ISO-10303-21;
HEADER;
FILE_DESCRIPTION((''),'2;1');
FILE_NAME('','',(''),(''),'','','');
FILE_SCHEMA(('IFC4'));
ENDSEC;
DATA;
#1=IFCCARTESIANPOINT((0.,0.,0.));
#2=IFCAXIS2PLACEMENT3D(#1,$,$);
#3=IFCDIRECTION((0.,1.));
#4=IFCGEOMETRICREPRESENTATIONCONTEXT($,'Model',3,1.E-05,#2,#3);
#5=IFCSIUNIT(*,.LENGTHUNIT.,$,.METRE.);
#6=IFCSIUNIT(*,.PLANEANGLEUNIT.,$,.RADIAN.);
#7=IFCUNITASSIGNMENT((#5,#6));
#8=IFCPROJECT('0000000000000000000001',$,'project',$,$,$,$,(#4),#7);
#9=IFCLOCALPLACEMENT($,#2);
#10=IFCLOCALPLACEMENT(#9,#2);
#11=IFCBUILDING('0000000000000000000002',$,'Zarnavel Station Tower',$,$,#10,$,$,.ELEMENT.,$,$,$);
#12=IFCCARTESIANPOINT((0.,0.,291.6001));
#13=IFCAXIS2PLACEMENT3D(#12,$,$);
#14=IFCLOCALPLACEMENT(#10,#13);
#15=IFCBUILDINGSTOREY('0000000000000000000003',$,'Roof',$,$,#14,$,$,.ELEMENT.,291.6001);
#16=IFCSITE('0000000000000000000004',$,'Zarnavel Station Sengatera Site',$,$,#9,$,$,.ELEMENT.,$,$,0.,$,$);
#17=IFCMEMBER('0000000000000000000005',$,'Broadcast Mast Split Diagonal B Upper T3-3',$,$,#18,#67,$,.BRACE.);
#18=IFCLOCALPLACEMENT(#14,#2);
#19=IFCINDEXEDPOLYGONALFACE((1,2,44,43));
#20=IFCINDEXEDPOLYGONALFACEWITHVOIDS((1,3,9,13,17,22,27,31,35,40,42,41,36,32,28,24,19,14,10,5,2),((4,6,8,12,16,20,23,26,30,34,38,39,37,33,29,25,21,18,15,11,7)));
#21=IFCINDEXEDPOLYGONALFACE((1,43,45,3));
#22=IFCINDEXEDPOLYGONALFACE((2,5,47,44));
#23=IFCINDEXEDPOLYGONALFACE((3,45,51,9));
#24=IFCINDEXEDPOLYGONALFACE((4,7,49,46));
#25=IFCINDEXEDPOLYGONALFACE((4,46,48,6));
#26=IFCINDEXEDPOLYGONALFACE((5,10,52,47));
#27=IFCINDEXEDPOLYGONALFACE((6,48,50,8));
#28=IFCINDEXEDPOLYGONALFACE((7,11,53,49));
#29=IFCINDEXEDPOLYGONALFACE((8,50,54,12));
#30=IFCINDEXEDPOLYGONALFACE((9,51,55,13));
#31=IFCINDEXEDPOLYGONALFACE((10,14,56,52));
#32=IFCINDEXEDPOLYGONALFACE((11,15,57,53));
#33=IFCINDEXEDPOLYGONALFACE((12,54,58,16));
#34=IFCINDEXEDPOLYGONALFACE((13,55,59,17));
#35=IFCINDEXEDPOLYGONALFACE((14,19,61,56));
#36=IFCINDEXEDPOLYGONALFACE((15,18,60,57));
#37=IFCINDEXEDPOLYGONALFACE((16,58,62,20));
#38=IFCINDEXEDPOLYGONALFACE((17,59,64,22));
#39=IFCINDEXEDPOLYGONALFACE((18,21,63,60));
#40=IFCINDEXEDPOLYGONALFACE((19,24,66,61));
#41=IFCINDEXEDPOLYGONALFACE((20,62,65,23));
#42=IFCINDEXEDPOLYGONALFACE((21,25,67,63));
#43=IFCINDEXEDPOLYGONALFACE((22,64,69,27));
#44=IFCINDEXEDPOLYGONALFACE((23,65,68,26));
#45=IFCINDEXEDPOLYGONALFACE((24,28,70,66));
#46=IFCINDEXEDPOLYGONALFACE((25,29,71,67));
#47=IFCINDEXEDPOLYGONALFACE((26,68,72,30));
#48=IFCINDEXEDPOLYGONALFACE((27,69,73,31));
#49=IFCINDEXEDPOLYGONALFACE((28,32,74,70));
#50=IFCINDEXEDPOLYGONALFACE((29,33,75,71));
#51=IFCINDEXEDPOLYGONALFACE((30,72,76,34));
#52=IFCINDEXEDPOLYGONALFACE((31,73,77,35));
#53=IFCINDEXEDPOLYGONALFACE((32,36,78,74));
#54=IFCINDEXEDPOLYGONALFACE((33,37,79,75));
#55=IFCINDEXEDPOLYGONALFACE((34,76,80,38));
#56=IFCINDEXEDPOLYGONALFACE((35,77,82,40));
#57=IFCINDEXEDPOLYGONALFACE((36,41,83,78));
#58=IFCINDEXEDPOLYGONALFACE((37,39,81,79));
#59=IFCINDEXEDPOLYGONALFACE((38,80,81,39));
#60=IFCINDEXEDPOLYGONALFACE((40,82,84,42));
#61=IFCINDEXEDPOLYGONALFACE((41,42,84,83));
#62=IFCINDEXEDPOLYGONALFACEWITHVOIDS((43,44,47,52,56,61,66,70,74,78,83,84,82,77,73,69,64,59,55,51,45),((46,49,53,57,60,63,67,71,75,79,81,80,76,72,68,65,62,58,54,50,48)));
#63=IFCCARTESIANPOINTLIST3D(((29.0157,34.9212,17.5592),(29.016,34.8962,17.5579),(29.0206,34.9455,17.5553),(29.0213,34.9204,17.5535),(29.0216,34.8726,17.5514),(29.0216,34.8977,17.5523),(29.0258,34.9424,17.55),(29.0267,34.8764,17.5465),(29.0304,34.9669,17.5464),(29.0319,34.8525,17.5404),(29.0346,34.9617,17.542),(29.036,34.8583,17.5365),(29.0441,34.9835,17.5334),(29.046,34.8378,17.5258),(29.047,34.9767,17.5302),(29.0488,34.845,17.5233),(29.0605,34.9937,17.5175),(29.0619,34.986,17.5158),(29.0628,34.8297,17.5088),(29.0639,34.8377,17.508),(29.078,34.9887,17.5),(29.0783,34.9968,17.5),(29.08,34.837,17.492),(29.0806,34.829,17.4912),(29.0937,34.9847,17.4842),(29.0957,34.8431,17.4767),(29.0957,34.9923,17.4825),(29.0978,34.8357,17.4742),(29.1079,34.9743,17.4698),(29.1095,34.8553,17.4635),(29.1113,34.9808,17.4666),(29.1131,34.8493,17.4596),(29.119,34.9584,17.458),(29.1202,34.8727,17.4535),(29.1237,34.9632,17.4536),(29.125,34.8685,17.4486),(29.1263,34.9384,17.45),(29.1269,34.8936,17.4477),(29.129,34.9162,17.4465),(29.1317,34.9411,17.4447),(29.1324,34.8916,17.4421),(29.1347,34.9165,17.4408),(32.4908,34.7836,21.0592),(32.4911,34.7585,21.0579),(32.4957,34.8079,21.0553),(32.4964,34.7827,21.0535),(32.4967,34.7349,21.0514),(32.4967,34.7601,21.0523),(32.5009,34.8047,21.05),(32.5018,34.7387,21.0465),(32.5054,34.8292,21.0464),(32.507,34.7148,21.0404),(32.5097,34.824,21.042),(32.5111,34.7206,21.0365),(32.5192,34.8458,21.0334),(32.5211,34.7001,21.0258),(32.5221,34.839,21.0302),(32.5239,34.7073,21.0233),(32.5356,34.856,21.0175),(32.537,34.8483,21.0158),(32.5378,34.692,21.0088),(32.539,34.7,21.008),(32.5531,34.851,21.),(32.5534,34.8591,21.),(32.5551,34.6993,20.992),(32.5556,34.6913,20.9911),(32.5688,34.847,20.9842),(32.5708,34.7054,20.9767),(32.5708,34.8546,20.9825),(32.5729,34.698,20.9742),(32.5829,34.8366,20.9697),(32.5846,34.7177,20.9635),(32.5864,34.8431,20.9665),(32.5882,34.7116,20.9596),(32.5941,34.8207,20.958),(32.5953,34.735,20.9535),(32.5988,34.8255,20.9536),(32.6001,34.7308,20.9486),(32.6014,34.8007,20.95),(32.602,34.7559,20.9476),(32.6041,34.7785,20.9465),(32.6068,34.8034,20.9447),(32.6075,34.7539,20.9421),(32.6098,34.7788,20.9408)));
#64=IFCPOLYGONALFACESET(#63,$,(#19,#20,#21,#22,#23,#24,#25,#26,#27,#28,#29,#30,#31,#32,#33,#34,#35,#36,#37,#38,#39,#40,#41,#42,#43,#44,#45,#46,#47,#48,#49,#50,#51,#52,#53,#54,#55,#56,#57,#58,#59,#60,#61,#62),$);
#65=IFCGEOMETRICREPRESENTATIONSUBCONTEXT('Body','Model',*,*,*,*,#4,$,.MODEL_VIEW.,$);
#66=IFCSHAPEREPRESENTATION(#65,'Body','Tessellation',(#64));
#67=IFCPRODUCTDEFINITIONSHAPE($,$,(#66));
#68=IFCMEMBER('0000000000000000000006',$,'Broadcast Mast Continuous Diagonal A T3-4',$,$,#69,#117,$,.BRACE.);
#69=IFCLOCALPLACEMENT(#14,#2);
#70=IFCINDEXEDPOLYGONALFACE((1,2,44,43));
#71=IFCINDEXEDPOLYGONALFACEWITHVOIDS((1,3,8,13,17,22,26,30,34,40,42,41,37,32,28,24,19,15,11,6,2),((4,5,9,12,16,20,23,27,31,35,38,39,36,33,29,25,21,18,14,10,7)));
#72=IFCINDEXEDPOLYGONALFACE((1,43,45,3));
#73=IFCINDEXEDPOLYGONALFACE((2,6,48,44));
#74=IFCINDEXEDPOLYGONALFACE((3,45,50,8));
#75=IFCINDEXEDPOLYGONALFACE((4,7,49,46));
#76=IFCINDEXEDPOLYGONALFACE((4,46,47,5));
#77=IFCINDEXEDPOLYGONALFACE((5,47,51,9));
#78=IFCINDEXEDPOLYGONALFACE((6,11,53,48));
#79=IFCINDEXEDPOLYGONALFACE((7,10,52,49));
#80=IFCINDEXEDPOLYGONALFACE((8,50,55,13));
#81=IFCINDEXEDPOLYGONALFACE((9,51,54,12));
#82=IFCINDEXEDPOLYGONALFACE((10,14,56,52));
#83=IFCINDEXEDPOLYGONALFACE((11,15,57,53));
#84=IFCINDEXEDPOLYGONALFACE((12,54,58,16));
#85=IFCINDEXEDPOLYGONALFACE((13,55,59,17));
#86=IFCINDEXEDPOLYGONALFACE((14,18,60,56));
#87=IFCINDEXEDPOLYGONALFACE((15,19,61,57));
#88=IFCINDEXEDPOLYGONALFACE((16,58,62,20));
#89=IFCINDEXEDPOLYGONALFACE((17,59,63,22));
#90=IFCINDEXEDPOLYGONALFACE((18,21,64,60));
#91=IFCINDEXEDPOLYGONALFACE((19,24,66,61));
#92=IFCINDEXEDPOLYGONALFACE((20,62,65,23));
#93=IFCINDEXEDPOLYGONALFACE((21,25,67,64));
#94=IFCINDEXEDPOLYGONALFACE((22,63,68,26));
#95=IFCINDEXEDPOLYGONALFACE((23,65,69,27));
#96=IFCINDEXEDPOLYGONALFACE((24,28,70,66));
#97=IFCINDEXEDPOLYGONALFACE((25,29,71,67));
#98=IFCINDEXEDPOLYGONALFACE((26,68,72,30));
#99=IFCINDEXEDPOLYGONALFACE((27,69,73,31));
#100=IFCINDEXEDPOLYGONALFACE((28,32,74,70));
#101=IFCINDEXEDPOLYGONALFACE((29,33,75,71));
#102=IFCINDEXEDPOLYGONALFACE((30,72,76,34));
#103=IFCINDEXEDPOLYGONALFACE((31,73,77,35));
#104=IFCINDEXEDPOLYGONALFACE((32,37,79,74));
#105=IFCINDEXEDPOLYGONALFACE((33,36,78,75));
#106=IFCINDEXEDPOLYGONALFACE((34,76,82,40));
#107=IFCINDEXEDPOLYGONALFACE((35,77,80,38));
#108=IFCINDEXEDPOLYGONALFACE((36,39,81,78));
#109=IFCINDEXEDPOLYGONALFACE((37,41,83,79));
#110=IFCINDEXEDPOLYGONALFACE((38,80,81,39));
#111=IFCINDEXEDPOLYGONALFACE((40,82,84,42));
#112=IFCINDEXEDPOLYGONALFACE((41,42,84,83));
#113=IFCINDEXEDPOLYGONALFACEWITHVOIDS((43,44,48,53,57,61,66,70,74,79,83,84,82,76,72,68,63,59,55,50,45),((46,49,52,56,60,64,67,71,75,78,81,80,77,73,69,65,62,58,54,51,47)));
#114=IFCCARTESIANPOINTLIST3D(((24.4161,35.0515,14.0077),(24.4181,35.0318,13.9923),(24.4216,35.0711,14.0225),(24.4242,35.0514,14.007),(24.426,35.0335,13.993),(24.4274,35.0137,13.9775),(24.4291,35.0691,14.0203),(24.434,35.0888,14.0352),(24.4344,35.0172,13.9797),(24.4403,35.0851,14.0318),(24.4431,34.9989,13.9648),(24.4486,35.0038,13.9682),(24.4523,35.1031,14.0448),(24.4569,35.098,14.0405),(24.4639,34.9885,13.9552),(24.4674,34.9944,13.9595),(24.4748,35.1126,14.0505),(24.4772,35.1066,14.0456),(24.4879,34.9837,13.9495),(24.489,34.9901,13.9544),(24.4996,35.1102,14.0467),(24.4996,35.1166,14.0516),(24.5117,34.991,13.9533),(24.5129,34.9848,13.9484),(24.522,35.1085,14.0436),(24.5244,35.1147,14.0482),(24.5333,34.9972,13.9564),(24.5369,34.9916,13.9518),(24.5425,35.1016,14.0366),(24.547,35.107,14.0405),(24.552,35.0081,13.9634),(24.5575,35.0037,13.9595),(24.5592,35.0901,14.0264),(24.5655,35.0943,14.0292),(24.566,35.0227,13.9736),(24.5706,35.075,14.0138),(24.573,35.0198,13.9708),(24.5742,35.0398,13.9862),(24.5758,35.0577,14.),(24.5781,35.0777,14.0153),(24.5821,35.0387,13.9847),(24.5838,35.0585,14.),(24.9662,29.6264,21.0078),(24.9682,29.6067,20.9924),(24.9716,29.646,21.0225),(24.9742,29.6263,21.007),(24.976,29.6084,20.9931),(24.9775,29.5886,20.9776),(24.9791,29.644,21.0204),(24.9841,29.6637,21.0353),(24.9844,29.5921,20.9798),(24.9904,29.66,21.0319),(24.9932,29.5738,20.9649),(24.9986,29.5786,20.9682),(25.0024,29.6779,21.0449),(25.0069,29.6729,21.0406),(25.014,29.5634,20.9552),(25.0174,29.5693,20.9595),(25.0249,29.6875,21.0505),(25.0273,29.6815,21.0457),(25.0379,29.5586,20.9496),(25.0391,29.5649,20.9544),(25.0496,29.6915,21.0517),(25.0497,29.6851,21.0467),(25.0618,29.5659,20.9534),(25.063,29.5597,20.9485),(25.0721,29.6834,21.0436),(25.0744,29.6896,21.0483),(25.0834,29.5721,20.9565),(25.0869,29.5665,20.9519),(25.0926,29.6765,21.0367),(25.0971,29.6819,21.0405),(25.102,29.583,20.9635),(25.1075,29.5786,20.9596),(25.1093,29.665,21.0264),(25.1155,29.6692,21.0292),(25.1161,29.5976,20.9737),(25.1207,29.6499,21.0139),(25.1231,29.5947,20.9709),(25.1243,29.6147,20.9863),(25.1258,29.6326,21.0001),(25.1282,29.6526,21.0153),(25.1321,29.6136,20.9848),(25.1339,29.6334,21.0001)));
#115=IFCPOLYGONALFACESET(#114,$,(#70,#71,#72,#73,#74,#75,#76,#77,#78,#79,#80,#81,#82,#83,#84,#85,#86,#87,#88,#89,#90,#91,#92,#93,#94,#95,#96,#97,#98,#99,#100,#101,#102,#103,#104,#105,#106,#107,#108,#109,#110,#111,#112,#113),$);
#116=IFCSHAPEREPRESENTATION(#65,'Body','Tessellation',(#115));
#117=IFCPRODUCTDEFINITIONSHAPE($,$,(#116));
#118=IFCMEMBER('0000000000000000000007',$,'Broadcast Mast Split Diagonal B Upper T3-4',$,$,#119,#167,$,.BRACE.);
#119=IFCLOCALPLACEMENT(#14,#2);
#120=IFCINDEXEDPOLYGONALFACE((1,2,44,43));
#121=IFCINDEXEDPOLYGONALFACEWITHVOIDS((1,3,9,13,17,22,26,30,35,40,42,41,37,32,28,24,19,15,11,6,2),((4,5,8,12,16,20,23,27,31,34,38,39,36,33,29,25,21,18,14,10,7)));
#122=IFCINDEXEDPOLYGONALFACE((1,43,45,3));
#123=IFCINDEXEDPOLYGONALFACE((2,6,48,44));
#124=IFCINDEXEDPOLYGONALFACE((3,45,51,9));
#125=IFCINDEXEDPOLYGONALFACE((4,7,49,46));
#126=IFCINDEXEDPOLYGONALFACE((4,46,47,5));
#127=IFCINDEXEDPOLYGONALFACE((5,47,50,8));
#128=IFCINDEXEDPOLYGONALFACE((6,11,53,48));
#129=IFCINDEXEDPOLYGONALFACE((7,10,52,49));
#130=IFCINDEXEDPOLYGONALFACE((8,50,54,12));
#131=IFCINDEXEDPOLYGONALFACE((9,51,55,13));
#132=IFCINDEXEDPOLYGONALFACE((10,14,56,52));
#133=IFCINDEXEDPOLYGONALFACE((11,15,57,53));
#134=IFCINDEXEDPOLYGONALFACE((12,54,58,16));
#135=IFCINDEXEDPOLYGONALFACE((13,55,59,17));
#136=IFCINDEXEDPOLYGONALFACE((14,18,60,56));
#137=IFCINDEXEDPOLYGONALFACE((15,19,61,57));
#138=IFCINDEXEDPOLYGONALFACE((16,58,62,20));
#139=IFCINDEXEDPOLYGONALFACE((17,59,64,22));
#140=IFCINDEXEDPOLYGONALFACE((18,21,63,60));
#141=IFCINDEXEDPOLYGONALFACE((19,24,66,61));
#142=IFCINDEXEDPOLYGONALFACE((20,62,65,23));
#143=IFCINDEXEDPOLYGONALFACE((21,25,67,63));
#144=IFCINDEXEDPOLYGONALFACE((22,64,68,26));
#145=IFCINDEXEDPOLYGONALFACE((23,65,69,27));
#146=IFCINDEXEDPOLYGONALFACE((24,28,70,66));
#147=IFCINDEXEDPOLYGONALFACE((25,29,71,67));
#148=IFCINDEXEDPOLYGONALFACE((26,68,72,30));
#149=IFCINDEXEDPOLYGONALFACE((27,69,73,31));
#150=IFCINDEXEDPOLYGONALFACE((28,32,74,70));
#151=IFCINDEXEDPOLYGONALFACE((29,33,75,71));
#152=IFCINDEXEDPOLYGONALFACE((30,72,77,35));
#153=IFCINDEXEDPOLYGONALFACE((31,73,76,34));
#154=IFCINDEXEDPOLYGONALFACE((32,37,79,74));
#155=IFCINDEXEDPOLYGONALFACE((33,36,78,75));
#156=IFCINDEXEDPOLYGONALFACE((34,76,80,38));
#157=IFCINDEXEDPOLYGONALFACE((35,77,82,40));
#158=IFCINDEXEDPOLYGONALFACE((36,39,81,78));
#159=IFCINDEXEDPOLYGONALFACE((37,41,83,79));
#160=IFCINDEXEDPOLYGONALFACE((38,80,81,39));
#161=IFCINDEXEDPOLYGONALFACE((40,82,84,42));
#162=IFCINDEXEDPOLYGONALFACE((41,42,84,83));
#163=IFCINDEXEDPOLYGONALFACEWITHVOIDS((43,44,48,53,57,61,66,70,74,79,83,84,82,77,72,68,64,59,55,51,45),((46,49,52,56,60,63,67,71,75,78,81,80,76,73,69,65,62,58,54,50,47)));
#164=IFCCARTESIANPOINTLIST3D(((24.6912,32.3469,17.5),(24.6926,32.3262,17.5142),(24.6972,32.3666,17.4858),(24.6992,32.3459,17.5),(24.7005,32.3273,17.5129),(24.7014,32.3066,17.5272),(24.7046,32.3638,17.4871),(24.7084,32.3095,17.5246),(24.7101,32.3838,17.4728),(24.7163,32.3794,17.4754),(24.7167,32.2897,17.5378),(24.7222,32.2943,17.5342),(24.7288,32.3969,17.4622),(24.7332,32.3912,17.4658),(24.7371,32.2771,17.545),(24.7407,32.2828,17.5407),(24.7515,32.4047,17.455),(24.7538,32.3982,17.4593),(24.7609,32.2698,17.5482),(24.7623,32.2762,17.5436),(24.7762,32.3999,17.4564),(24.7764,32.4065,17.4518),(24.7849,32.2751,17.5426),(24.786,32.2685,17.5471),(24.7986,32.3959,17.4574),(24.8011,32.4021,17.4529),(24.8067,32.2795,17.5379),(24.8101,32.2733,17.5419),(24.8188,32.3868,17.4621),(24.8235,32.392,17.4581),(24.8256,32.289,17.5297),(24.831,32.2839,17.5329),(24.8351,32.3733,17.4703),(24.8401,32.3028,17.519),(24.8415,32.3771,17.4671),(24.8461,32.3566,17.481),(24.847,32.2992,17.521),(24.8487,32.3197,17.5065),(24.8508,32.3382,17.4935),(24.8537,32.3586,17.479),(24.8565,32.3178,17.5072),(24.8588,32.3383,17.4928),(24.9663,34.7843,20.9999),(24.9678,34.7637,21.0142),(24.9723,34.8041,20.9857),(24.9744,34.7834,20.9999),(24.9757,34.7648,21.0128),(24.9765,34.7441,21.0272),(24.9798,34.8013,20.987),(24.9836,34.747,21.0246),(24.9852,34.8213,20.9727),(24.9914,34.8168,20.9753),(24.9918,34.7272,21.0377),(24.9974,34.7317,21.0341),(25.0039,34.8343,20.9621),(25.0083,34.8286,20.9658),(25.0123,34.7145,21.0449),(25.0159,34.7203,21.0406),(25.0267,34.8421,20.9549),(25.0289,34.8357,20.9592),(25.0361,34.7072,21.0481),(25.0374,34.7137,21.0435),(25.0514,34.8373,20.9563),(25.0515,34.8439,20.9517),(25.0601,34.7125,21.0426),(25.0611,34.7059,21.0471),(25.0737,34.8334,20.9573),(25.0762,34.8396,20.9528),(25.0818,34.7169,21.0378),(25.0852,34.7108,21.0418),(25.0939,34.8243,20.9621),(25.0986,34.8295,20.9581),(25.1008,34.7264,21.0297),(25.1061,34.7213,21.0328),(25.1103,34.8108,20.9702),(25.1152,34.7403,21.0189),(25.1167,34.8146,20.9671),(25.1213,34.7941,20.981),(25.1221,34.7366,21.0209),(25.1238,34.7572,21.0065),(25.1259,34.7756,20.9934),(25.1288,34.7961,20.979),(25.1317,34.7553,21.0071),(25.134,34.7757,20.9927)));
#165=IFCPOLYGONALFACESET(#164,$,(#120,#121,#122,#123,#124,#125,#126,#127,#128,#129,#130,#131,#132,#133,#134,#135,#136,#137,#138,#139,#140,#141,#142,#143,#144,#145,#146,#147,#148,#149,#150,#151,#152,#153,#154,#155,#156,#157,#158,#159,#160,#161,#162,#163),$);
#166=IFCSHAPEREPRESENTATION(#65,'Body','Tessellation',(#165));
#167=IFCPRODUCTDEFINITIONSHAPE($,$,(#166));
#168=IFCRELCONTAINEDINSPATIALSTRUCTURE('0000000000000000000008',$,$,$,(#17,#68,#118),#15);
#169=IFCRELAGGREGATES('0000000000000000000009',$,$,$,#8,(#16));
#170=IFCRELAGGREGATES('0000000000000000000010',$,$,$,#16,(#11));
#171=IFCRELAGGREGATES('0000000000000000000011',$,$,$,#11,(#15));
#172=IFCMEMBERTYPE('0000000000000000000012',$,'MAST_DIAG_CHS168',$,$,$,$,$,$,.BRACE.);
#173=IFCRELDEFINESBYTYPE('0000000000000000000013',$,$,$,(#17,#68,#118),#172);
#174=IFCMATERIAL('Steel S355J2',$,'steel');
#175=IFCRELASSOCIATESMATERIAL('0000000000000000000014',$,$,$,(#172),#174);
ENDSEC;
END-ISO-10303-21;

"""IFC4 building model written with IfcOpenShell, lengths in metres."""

from ifc_helpers import new_model, si_unit, direction, frame, origin, origin_2d, place, context, subcontext, project, spatial, hollow_circle, extrude, material, material_profile, profile_set, type_object, element, save


model = new_model("IFC4")

# Units and contexts
model_context = context("Model", 3, precision=1e-05, world=origin(), true_north=direction((0.0, 1.0)))
body_context = subcontext(model_context, "Body", "Model", "MODEL_VIEW")
ifc_project = project(units=[si_unit("LENGTHUNIT", "METRE"), si_unit("PLANEANGLEUNIT", "RADIAN")], contexts=[model_context])

# Site, building, storey
site_placement = place(None, origin())
site = spatial("IfcSite", under=ifc_project, at=site_placement, Name="Zarnavel Station Sengatera Site", CompositionType="ELEMENT", RefElevation=0.0)
building_placement = place(site_placement, origin())
building = spatial("IfcBuilding", under=site, at=building_placement, Name="Zarnavel Station Tower", CompositionType="ELEMENT")
storey_placement = place(building_placement, frame((0.0, 0.0, 291.6001)))
storey = spatial("IfcBuildingStorey", under=building, at=storey_placement, Name="Roof", CompositionType="ELEMENT", Elevation=291.6001)

# Members
ifc_material_1 = material(Name="Steel S355J2", Category="steel")
ifc_material_profile_1 = material_profile(ifc_material_1, hollow_circle(Radius=0.0842, WallThickness=0.0081, at=origin_2d()), Name="CHS168.3x8")
ifc_profile_set_1 = profile_set([ifc_material_profile_1], Name="Steel S355J2")
member_type_1 = type_object("IfcMemberType", Name="MAST_DIAG_CHS168", PredefinedType="BRACE", material=ifc_profile_set_1)
member_1_placement = place(storey_placement, frame((29.075, 34.9126, 17.5), z_axis=(0.704303, -0.027907, 0.70935), x_axis=(0.039592, 0.999216, 0.0)))
element("IfcMember", 1, at=member_1_placement, inside=storey, type_object=member_type_1, Name="Broadcast Mast Split Diagonal B Upper T3-3", PredefinedType="BRACE", context=body_context, shape_type="SweptSolid", body=[
    extrude(hollow_circle(Radius=0.0842, WallThickness=0.0081, at=origin_2d()), origin(), (0.0, 0.0, 1.0), 4.9341),
])
member_2_placement = place(storey_placement, frame((24.5, 35.05, 14.0), z_axis=(0.06199, -0.611397, 0.788892), x_axis=(0.994899, 0.100873, 0.0)))
element("IfcMember", 2, at=member_2_placement, inside=storey, type_object=member_type_1, Name="Broadcast Mast Continuous Diagonal A T3-4", PredefinedType="BRACE", context=body_context, shape_type="SweptSolid", body=[
    extrude(hollow_circle(Radius=0.0842, WallThickness=0.0081, at=origin_2d()), origin(), (0.0, 0.0, 1.0), 8.8733),
])
member_3_placement = place(storey_placement, frame((24.7749, 32.3374, 17.5), z_axis=(0.064377, 0.570308, 0.818904), x_axis=(-0.993689, 0.112168, 0.0)))
element("IfcMember", 3, at=member_3_placement, inside=storey, type_object=member_type_1, Name="Broadcast Mast Split Diagonal B Upper T3-4", PredefinedType="BRACE", context=body_context, shape_type="SweptSolid", body=[
    extrude(hollow_circle(Radius=0.0842, WallThickness=0.0081, at=origin_2d()), origin(), (0.0, 0.0, 1.0), 4.2739),
])

save(model, "model.ifc")
